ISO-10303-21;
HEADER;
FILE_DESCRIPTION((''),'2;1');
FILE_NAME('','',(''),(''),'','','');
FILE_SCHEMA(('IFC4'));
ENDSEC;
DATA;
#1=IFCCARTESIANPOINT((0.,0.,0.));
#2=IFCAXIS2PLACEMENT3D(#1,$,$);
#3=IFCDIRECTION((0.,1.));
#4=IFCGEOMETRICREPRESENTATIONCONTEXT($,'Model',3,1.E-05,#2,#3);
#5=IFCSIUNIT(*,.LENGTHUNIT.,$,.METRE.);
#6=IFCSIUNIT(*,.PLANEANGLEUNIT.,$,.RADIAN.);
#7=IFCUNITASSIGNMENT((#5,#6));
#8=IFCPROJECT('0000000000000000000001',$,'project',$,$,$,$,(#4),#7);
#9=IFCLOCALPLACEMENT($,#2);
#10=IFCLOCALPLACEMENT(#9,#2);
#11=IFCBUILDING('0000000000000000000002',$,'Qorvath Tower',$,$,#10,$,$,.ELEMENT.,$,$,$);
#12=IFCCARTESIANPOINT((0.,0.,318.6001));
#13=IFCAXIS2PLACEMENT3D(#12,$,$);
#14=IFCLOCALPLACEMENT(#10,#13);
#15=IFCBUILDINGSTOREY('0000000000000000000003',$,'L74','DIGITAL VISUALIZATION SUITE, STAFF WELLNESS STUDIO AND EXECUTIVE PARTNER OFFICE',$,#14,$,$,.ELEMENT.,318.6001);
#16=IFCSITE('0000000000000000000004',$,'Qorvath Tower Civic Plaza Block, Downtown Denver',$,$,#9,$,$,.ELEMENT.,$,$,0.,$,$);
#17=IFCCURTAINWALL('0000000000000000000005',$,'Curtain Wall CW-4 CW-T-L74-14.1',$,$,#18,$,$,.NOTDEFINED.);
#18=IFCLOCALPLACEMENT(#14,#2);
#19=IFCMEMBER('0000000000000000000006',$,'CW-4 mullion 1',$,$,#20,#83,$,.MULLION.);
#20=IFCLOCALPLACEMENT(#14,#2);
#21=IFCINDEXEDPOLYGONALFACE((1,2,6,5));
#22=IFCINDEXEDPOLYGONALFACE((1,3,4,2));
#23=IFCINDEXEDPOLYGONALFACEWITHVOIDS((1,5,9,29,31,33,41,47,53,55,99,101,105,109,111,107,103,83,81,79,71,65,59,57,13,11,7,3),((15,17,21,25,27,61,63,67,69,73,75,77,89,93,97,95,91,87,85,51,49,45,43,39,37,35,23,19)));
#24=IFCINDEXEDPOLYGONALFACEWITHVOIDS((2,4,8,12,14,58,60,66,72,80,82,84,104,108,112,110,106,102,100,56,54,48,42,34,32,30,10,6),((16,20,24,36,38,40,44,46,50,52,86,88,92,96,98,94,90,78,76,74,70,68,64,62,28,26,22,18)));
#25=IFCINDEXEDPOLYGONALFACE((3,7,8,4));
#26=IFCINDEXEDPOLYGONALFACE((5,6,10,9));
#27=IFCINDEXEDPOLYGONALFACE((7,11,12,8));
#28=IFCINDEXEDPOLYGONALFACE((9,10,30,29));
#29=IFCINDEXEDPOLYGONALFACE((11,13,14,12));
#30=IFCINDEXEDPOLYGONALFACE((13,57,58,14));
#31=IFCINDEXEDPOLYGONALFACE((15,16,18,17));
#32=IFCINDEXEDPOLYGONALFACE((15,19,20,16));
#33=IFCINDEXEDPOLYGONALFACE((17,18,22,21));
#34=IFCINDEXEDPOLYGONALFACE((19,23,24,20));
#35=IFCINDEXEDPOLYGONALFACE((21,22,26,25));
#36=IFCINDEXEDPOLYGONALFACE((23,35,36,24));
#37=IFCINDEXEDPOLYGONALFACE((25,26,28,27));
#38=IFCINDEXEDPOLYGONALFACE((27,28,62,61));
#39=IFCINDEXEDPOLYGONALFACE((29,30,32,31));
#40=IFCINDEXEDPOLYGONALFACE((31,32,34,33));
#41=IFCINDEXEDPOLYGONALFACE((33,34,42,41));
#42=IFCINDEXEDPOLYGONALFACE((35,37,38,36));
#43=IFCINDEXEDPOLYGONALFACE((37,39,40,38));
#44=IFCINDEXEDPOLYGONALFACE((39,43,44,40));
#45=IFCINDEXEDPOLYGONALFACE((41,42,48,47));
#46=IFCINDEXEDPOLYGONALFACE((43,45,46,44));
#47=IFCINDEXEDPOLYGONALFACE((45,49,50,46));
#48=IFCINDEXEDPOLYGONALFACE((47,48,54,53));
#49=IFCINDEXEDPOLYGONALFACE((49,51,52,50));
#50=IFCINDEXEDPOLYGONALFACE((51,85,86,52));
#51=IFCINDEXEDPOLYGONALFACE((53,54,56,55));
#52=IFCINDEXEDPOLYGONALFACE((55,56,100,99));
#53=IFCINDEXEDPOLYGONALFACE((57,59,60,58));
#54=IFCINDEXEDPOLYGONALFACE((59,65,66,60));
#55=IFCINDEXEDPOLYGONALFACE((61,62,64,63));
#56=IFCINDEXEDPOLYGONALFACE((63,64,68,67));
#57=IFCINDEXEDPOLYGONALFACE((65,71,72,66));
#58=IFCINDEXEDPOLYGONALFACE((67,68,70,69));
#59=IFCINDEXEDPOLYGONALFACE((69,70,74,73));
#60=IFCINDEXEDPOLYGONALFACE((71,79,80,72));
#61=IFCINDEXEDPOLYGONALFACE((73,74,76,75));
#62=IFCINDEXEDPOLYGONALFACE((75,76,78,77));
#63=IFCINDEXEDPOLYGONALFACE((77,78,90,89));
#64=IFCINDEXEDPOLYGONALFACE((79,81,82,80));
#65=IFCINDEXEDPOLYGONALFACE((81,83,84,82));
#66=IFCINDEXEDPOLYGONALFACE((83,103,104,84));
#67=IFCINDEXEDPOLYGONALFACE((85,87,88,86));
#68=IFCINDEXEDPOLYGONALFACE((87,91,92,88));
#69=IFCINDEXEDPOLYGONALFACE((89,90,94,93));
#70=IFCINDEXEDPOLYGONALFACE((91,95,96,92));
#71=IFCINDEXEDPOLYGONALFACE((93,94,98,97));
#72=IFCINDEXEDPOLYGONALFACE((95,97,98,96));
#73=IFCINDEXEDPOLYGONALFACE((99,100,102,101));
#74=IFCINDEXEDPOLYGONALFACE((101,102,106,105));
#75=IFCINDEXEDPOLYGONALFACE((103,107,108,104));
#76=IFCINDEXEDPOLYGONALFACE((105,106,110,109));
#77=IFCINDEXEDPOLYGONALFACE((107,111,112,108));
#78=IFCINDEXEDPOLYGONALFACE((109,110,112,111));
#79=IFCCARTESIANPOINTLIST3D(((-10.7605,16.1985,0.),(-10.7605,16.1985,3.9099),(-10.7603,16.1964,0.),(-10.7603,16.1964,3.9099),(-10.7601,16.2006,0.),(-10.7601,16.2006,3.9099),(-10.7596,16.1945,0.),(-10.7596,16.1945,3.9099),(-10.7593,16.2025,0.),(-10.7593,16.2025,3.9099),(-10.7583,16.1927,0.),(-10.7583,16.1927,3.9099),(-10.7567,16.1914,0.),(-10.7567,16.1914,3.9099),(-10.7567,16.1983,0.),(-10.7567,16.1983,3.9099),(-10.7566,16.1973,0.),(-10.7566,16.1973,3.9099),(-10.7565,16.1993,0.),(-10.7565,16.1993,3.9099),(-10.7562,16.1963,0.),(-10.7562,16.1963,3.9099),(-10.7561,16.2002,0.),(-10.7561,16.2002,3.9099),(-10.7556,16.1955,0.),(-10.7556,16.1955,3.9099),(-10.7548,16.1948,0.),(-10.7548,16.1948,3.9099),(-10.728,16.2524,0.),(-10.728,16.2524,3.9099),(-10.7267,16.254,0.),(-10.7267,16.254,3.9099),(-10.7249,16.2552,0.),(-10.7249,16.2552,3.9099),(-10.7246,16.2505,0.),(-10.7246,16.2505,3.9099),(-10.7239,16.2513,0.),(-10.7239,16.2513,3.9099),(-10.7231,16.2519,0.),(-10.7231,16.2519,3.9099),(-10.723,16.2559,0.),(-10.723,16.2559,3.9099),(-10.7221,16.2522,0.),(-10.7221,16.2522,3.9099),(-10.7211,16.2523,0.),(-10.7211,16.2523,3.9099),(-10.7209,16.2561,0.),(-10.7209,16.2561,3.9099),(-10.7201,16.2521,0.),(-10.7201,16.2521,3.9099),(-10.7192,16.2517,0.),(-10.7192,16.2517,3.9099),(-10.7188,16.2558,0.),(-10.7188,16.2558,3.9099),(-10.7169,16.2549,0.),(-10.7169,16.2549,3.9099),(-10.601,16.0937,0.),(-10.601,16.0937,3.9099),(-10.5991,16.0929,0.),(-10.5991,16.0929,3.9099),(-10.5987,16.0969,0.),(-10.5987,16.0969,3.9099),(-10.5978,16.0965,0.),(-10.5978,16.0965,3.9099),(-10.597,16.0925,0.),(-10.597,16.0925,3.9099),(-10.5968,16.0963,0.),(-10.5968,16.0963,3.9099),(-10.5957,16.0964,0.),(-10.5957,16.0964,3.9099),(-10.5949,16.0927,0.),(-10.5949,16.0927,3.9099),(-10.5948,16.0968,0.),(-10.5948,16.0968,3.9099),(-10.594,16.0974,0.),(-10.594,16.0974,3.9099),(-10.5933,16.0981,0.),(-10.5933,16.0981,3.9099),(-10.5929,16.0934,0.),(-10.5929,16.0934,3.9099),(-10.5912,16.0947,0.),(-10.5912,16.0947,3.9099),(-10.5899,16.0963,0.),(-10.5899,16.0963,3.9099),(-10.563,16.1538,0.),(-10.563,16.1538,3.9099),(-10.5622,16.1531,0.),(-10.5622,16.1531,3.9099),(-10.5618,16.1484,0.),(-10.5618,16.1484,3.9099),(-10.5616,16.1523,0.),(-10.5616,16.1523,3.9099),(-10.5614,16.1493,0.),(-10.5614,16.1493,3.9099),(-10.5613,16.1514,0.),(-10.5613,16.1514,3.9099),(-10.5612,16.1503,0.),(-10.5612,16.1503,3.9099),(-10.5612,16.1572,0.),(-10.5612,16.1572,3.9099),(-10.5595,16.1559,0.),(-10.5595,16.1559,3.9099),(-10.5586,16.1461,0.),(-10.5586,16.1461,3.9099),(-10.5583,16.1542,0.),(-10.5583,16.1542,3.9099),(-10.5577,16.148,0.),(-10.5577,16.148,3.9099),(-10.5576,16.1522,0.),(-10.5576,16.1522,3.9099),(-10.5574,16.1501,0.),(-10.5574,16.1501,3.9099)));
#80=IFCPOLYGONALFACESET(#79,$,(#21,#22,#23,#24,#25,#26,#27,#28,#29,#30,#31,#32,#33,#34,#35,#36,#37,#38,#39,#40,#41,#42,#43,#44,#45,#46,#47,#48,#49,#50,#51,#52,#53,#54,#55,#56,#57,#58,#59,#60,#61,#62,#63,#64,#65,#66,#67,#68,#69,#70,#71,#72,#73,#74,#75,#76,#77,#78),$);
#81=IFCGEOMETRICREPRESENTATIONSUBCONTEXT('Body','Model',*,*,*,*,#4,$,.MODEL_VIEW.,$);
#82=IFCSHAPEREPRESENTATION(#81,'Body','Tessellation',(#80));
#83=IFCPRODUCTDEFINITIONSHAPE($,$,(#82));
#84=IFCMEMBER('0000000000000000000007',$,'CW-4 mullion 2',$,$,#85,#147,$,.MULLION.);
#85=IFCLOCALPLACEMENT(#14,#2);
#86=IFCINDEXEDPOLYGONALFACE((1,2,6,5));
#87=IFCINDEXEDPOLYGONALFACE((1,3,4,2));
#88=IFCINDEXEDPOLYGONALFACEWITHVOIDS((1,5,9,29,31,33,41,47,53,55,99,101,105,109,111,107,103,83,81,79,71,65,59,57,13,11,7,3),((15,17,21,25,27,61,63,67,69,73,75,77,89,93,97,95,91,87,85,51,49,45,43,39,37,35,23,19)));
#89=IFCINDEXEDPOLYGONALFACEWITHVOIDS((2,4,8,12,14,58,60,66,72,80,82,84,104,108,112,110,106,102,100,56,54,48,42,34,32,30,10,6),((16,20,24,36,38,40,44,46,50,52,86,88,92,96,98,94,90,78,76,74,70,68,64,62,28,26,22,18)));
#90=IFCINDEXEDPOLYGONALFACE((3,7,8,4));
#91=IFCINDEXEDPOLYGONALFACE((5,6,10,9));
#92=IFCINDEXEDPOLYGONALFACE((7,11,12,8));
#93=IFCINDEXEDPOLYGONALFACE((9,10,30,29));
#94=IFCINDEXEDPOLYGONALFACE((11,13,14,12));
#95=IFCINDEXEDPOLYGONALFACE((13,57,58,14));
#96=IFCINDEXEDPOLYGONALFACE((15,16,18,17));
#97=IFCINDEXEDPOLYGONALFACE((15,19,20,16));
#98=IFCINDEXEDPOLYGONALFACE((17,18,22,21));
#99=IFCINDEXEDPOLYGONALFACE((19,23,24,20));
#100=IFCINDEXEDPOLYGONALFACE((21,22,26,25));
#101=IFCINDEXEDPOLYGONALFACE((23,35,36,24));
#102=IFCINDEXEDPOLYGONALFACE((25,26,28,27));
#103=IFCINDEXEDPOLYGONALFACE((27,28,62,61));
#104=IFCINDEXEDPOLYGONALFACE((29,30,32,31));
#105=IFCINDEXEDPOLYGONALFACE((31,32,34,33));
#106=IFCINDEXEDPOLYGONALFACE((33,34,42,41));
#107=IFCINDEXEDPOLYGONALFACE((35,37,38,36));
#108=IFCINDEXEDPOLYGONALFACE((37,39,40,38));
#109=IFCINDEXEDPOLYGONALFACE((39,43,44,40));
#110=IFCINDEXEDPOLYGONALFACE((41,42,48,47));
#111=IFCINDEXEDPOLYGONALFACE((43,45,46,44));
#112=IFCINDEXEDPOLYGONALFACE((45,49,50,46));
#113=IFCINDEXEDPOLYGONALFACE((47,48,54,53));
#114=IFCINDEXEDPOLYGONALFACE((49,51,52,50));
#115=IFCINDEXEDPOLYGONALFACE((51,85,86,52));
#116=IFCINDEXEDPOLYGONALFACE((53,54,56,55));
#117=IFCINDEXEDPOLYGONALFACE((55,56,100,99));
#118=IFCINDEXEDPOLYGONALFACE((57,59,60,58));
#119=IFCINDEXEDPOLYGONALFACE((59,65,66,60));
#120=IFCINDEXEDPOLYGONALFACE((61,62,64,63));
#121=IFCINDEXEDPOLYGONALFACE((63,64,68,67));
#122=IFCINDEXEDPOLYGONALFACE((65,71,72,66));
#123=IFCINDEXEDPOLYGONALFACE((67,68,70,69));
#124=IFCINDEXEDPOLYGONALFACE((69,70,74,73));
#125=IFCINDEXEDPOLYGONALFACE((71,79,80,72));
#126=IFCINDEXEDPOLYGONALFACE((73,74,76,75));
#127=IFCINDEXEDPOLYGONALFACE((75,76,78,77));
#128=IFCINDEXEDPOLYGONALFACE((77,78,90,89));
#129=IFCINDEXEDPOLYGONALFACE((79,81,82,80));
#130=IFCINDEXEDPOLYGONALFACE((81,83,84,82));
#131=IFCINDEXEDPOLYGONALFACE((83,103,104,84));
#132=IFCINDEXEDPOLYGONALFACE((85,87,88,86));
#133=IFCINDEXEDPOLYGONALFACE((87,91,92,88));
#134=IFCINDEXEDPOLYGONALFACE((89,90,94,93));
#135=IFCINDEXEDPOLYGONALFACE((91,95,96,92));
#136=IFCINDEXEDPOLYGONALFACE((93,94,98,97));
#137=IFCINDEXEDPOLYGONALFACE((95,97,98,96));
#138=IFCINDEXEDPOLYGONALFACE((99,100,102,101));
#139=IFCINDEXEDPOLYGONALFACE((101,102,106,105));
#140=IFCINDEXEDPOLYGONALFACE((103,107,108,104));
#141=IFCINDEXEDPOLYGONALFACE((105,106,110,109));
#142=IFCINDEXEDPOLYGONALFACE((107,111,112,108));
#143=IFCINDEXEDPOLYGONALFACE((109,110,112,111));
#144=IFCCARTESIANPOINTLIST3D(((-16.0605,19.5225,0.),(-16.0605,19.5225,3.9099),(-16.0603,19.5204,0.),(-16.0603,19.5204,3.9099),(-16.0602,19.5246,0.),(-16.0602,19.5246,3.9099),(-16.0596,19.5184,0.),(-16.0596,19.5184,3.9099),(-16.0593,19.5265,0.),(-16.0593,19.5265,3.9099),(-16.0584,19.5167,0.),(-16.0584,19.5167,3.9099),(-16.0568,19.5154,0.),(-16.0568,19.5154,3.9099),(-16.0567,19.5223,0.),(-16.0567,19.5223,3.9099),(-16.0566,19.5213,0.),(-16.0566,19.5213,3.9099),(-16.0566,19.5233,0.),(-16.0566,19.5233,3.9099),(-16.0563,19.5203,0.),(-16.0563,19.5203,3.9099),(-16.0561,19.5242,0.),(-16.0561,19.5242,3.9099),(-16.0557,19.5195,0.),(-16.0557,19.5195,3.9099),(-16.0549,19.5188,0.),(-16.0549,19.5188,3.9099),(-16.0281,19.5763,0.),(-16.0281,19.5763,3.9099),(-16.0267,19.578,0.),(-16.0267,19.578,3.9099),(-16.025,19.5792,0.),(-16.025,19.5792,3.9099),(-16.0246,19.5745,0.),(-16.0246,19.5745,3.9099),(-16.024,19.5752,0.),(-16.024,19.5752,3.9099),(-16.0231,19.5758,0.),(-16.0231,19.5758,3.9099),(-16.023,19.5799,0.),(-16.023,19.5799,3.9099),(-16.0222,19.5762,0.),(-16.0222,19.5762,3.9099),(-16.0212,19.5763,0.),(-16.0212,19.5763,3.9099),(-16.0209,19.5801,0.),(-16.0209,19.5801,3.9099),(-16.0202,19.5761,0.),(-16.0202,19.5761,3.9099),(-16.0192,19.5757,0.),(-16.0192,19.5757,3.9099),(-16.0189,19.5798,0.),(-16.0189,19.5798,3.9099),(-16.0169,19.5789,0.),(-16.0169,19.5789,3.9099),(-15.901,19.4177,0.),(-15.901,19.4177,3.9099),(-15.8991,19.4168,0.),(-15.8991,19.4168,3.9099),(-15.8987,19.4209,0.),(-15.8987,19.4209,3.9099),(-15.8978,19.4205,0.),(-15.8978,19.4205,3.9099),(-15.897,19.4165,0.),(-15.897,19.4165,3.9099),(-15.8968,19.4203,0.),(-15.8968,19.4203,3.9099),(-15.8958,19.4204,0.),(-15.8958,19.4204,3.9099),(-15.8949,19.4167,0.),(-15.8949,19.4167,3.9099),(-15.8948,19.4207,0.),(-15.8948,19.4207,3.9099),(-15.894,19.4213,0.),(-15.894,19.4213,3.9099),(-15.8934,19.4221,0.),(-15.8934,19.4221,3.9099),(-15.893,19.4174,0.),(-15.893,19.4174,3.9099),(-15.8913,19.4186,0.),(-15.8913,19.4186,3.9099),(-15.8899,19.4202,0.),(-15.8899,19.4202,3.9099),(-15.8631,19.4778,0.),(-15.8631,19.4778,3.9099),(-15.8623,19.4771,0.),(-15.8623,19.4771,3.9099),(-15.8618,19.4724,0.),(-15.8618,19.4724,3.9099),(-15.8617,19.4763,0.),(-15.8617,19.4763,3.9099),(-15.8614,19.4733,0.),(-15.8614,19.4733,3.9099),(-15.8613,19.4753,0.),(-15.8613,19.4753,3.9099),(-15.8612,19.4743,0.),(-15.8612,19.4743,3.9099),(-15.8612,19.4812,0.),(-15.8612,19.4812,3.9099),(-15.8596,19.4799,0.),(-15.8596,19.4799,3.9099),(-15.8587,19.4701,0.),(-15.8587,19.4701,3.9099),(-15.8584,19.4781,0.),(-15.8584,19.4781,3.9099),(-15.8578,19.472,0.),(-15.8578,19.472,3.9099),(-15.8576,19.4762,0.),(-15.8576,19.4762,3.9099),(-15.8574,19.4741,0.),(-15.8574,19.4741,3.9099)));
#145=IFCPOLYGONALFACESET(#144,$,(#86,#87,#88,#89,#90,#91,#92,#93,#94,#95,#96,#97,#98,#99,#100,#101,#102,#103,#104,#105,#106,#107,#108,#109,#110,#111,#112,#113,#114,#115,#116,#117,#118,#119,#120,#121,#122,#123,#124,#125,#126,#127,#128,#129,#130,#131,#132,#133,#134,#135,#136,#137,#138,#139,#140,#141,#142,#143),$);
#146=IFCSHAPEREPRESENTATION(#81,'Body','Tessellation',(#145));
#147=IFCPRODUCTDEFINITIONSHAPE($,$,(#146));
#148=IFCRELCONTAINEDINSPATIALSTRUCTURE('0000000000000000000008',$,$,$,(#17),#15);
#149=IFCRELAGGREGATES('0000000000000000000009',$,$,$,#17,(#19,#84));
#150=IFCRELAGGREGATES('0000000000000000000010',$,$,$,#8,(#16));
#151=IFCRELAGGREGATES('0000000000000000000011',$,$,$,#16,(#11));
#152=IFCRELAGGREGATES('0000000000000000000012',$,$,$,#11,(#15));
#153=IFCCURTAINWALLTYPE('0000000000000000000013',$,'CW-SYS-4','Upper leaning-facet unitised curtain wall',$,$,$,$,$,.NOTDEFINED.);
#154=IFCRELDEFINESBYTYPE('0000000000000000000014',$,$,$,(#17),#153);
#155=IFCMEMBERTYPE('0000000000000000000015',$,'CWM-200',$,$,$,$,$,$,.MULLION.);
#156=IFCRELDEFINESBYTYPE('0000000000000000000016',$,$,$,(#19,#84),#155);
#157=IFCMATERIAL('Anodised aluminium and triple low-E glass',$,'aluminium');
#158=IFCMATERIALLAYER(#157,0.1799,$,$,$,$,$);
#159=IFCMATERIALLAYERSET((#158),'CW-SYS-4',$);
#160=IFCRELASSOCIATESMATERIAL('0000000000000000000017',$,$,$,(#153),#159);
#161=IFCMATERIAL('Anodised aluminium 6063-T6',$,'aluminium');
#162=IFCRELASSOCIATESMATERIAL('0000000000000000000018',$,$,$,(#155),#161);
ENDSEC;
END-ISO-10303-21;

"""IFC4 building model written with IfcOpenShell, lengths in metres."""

from ifc_helpers import new_model, si_unit, direction, frame, origin, origin_2d, place, context, subcontext, project, spatial, hollow_rectangle, extrude, material, layer, layer_set, material_profile, profile_set, type_object, element, aggregate, save


model = new_model("IFC4")

# Units and contexts
model_context = context("Model", 3, precision=1e-05, world=origin(), true_north=direction((0.0, 1.0)))
body_context = subcontext(model_context, "Body", "Model", "MODEL_VIEW")
ifc_project = project(units=[si_unit("LENGTHUNIT", "METRE"), si_unit("PLANEANGLEUNIT", "RADIAN")], contexts=[model_context])

# Site, building, storey
site_placement = place(None, origin())
site = spatial("IfcSite", under=ifc_project, at=site_placement, Name="Qorvath Tower Civic Plaza Block, Downtown Denver", CompositionType="ELEMENT", RefElevation=0.0)
building_placement = place(site_placement, origin())
building = spatial("IfcBuilding", under=site, at=building_placement, Name="Qorvath Tower", CompositionType="ELEMENT")
storey_placement = place(building_placement, frame((0.0, 0.0, 318.6001)))
storey = spatial("IfcBuildingStorey", under=building, at=storey_placement, Name="L74", Description="DIGITAL VISUALIZATION SUITE, STAFF WELLNESS STUDIO AND EXECUTIVE PARTNER OFFICE", CompositionType="ELEMENT", Elevation=318.6001)

# Shared definitions
ifc_material_1 = material(Name="Anodised aluminium and triple low-E glass", Category="aluminium")
ifc_layer_1 = layer(ifc_material_1, 0.1799)
ifc_layer_set_1 = layer_set([ifc_layer_1], Name="CW-SYS-4")
curtain_wall_type = type_object("IfcCurtainWallType", Name="CW-SYS-4", Description="Upper leaning-facet unitised curtain wall", PredefinedType="NOTDEFINED", material=ifc_layer_set_1)
ifc_material_2 = material(Name="Anodised aluminium 6063-T6", Category="aluminium")
ifc_material_profile_1 = material_profile(ifc_material_2, hollow_rectangle(XDim=0.075, YDim=0.2, WallThickness=0.0039, InnerFilletRadius=0.0039, OuterFilletRadius=0.0081, at=origin_2d()), Name="CWM 200x75")
ifc_profile_set_1 = profile_set([ifc_material_profile_1], Name="Anodised aluminium 6063-T6")
member_type_1 = type_object("IfcMemberType", Name="CWM-200", PredefinedType="MULLION", material=ifc_profile_set_1)

# Curtain wall, members
curtain_wall_1_placement = place(storey_placement, origin())
curtain_wall_1 = element("IfcCurtainWall", 1, at=curtain_wall_1_placement, inside=storey, type_object=curtain_wall_type, Name="Curtain Wall CW-4 CW-T-L74-14.1", PredefinedType="NOTDEFINED")
member_1_placement = place(storey_placement, frame((-10.6589, 16.1743, 0.0), z_axis=(0.0, 0.0, 1.0), x_axis=(-0.531317, -0.847173, 0.0)))
member_1 = element("IfcMember", 2, at=member_1_placement, type_object=member_type_1, Name="CW-4 mullion 1", PredefinedType="MULLION", context=body_context, shape_type="SweptSolid", body=[
    extrude(hollow_rectangle(XDim=0.075, YDim=0.2, WallThickness=0.0039, InnerFilletRadius=0.0039, OuterFilletRadius=0.0081, at=origin_2d()), origin(), (0.0, 0.0, 1.0), 3.9099),
])
member_2_placement = place(storey_placement, frame((-15.959, 19.4983, 0.0), z_axis=(0.0, 0.0, 1.0), x_axis=(-0.531317, -0.847173, 0.0)))
member_2 = element("IfcMember", 3, at=member_2_placement, type_object=member_type_1, Name="CW-4 mullion 2", PredefinedType="MULLION", context=body_context, shape_type="SweptSolid", body=[
    extrude(hollow_rectangle(XDim=0.075, YDim=0.2, WallThickness=0.0039, InnerFilletRadius=0.0039, OuterFilletRadius=0.0081, at=origin_2d()), origin(), (0.0, 0.0, 1.0), 3.9099),
])

aggregate(curtain_wall_1, [member_1, member_2])

save(model, "model.ifc")
